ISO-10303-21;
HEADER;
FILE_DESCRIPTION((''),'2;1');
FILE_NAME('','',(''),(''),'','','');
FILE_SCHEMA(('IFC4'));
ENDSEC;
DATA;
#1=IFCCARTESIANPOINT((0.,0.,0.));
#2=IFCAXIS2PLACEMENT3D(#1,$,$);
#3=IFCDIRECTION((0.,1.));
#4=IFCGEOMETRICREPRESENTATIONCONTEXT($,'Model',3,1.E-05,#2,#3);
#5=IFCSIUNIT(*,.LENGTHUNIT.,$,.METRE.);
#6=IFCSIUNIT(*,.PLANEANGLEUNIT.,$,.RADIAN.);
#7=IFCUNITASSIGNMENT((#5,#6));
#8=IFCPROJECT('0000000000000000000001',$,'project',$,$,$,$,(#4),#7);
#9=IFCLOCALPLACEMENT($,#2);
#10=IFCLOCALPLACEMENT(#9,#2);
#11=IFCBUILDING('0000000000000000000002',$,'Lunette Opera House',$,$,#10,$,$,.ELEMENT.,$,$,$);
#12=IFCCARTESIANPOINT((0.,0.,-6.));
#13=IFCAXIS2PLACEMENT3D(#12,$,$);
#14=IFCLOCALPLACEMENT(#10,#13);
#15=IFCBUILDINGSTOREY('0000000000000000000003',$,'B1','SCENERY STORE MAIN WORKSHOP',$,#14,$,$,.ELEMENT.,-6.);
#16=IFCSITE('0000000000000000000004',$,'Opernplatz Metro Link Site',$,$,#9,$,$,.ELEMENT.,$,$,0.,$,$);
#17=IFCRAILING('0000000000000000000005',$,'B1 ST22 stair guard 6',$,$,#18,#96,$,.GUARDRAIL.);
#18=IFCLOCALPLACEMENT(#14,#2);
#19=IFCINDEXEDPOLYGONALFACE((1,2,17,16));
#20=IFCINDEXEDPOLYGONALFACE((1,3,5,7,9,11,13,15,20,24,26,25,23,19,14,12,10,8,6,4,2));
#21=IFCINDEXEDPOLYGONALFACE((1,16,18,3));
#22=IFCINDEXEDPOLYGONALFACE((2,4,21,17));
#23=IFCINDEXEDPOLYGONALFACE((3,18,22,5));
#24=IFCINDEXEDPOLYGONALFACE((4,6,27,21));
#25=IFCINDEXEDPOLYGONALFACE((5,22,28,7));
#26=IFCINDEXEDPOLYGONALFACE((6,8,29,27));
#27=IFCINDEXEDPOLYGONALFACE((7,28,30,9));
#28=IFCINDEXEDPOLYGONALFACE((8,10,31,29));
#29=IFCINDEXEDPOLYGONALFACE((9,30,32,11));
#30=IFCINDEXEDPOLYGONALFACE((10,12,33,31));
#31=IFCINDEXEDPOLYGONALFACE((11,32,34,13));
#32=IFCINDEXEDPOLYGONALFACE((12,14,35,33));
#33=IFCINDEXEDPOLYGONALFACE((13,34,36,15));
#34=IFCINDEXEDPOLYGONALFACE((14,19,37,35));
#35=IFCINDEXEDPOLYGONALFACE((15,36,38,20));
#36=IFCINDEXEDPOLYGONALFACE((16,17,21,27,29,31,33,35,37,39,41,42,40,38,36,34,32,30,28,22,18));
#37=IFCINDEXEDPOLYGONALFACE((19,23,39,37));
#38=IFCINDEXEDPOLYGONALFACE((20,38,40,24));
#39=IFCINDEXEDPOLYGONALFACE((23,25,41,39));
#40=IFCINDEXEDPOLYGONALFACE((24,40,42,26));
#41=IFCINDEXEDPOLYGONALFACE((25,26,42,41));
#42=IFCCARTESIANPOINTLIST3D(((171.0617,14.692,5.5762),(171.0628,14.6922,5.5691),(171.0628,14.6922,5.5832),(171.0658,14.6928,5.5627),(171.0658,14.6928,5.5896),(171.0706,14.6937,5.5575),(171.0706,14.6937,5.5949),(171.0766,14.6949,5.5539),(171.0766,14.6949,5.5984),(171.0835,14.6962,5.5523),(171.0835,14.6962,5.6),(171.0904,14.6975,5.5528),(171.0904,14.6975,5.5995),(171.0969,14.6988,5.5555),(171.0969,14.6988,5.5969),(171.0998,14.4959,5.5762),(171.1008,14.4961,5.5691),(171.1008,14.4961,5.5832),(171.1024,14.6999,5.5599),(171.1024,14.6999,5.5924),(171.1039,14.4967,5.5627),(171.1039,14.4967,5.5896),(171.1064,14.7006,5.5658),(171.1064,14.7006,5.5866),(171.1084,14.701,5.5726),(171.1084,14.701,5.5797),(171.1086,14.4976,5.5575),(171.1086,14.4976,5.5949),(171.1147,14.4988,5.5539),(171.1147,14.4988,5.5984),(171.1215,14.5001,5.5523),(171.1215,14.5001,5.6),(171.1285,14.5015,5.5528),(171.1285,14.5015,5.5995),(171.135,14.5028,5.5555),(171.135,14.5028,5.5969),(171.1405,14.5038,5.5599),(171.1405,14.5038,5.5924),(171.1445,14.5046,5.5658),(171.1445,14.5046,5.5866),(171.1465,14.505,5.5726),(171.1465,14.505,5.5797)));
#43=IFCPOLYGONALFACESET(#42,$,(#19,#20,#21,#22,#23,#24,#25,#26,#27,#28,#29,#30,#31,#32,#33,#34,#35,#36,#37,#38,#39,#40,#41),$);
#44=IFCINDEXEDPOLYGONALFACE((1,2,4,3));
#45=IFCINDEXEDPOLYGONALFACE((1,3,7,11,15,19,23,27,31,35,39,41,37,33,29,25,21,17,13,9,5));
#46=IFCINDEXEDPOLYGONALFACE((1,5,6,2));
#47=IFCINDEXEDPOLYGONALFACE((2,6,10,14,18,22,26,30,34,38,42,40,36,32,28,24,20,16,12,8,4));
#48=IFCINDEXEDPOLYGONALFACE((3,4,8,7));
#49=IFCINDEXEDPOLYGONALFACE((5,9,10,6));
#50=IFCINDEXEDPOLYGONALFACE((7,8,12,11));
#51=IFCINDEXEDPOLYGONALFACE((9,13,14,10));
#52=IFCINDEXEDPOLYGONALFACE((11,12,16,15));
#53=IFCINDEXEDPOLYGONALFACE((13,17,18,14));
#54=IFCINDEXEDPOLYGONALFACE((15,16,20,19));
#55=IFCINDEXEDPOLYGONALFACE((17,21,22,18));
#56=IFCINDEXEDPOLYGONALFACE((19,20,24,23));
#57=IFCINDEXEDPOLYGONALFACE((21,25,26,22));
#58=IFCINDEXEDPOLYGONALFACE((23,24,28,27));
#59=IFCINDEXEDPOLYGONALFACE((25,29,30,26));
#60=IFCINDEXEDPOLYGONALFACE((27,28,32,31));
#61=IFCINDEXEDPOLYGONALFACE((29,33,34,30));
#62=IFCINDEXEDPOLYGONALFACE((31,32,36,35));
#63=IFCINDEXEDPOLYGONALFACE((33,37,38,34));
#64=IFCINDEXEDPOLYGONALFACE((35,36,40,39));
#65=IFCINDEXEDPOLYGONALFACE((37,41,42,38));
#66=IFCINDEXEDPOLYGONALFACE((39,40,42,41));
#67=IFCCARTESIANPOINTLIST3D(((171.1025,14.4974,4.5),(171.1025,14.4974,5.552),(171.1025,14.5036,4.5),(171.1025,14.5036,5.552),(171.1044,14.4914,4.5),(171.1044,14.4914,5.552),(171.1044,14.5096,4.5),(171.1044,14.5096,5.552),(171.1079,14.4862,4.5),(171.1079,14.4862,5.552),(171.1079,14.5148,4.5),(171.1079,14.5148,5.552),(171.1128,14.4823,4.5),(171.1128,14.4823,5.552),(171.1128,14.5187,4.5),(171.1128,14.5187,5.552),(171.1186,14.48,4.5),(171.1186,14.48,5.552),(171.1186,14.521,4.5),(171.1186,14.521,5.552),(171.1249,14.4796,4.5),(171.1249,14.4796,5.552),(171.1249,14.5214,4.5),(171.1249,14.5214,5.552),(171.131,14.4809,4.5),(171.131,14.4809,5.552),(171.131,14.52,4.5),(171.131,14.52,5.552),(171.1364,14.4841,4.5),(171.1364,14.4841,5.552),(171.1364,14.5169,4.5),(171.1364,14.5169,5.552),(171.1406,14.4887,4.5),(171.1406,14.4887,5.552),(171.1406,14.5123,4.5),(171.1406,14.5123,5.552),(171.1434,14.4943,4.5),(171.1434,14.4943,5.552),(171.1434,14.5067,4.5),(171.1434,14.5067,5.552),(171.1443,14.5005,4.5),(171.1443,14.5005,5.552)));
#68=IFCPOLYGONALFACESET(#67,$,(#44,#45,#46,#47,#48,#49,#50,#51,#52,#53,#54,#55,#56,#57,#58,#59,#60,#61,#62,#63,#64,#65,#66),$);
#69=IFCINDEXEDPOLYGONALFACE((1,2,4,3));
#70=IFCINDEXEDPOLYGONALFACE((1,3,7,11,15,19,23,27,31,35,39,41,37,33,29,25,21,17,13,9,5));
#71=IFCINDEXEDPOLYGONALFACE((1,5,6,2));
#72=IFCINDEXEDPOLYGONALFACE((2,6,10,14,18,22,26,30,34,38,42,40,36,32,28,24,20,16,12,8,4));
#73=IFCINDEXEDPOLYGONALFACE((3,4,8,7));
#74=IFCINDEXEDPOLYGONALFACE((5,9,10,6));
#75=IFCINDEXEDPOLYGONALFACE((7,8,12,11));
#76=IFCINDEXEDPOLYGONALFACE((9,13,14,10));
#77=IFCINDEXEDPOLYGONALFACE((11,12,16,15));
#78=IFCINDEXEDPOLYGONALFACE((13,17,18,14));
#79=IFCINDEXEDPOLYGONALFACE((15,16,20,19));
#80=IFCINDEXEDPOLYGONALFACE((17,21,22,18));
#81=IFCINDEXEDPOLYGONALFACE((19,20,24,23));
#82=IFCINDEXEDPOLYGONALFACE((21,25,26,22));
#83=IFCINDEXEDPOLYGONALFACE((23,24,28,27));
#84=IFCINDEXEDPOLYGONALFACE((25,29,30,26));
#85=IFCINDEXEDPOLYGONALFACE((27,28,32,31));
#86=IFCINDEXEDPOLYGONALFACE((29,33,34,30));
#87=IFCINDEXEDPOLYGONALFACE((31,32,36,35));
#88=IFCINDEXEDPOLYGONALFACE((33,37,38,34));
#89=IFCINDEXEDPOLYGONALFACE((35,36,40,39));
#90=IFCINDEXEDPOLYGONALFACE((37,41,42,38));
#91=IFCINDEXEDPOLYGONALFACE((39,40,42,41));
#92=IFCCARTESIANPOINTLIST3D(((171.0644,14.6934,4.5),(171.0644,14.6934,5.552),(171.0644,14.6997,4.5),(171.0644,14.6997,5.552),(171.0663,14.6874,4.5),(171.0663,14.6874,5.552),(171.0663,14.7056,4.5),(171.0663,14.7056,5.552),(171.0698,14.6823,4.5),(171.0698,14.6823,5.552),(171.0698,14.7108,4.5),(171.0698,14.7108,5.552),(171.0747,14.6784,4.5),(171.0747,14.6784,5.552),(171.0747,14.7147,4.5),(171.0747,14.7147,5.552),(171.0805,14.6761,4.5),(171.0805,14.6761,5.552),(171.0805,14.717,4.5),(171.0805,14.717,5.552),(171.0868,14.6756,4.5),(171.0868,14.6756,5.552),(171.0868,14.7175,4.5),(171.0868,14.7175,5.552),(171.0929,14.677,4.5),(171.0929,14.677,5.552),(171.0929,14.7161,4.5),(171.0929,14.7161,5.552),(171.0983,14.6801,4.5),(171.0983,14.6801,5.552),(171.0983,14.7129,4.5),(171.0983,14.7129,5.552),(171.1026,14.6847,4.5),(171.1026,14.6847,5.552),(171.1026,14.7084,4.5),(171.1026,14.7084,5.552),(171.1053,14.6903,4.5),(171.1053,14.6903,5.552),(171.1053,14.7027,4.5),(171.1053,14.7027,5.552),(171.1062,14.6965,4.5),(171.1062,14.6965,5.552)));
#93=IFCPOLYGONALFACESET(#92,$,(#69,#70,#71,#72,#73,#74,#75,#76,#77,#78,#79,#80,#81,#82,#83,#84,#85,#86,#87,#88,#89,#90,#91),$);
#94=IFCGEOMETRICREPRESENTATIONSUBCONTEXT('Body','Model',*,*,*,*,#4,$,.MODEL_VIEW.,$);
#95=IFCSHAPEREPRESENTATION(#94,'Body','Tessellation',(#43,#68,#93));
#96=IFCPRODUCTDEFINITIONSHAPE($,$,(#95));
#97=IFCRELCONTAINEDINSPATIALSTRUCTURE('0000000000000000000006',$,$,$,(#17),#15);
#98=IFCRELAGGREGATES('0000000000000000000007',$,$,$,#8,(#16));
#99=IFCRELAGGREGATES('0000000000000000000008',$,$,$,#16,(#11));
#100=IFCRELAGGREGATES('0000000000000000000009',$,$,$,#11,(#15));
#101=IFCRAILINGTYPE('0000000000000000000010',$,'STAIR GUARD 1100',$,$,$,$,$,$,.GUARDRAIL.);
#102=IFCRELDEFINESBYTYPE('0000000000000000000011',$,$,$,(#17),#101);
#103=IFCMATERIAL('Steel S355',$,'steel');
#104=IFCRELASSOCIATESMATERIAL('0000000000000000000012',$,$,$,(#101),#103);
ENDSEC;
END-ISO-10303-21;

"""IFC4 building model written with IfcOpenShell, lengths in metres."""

from ifc_helpers import new_model, si_unit, direction, frame, origin, origin_2d, place, context, subcontext, project, spatial, circle, extrude, material, type_object, element, save


model = new_model("IFC4")

# Units and contexts
model_context = context("Model", 3, precision=1e-05, world=origin(), true_north=direction((0.0, 1.0)))
body_context = subcontext(model_context, "Body", "Model", "MODEL_VIEW")
ifc_project = project(units=[si_unit("LENGTHUNIT", "METRE"), si_unit("PLANEANGLEUNIT", "RADIAN")], contexts=[model_context])

# Site, building, storey
site_placement = place(None, origin())
site = spatial("IfcSite", under=ifc_project, at=site_placement, Name="Opernplatz Metro Link Site", CompositionType="ELEMENT", RefElevation=0.0)
building_placement = place(site_placement, origin())
building = spatial("IfcBuilding", under=site, at=building_placement, Name="Lunette Opera House", CompositionType="ELEMENT")
storey_placement = place(building_placement, frame((0.0, 0.0, -6.0)))
storey = spatial("IfcBuildingStorey", under=building, at=storey_placement, Name="B1", Description="SCENERY STORE MAIN WORKSHOP", CompositionType="ELEMENT", Elevation=-6.0)

# Railing
ifc_material_1 = material(Name="Steel S355", Category="steel")
railing_type_1 = type_object("IfcRailingType", Name="STAIR GUARD 1100", PredefinedType="GUARDRAIL", material=ifc_material_1)
railing_1_placement = place(storey_placement, frame((171.1233, 14.5005, 4.5)))
element("IfcRailing", 1, at=railing_1_placement, inside=storey, type_object=railing_type_1, Name="B1 ST22 stair guard 6", PredefinedType="GUARDRAIL", context=body_context, shape_type="SweptSolid", body=[
    extrude(circle(Radius=0.0239, at=origin_2d()), frame((0.0, 0.0, 1.0762), z_axis=(-0.190706, 0.981647, 0.0), x_axis=(-0.981647, -0.190706, 0.0)), (0.0, 0.0, 1.0), 0.1997),
    extrude(circle(Radius=0.021, at=origin_2d()), origin(), (0.0, 0.0, 1.0), 1.052),
    extrude(circle(Radius=0.021, at=origin_2d()), frame((-0.0381, 0.196, 0.0)), (0.0, 0.0, 1.0), 1.052),
])

save(model, "model.ifc")
